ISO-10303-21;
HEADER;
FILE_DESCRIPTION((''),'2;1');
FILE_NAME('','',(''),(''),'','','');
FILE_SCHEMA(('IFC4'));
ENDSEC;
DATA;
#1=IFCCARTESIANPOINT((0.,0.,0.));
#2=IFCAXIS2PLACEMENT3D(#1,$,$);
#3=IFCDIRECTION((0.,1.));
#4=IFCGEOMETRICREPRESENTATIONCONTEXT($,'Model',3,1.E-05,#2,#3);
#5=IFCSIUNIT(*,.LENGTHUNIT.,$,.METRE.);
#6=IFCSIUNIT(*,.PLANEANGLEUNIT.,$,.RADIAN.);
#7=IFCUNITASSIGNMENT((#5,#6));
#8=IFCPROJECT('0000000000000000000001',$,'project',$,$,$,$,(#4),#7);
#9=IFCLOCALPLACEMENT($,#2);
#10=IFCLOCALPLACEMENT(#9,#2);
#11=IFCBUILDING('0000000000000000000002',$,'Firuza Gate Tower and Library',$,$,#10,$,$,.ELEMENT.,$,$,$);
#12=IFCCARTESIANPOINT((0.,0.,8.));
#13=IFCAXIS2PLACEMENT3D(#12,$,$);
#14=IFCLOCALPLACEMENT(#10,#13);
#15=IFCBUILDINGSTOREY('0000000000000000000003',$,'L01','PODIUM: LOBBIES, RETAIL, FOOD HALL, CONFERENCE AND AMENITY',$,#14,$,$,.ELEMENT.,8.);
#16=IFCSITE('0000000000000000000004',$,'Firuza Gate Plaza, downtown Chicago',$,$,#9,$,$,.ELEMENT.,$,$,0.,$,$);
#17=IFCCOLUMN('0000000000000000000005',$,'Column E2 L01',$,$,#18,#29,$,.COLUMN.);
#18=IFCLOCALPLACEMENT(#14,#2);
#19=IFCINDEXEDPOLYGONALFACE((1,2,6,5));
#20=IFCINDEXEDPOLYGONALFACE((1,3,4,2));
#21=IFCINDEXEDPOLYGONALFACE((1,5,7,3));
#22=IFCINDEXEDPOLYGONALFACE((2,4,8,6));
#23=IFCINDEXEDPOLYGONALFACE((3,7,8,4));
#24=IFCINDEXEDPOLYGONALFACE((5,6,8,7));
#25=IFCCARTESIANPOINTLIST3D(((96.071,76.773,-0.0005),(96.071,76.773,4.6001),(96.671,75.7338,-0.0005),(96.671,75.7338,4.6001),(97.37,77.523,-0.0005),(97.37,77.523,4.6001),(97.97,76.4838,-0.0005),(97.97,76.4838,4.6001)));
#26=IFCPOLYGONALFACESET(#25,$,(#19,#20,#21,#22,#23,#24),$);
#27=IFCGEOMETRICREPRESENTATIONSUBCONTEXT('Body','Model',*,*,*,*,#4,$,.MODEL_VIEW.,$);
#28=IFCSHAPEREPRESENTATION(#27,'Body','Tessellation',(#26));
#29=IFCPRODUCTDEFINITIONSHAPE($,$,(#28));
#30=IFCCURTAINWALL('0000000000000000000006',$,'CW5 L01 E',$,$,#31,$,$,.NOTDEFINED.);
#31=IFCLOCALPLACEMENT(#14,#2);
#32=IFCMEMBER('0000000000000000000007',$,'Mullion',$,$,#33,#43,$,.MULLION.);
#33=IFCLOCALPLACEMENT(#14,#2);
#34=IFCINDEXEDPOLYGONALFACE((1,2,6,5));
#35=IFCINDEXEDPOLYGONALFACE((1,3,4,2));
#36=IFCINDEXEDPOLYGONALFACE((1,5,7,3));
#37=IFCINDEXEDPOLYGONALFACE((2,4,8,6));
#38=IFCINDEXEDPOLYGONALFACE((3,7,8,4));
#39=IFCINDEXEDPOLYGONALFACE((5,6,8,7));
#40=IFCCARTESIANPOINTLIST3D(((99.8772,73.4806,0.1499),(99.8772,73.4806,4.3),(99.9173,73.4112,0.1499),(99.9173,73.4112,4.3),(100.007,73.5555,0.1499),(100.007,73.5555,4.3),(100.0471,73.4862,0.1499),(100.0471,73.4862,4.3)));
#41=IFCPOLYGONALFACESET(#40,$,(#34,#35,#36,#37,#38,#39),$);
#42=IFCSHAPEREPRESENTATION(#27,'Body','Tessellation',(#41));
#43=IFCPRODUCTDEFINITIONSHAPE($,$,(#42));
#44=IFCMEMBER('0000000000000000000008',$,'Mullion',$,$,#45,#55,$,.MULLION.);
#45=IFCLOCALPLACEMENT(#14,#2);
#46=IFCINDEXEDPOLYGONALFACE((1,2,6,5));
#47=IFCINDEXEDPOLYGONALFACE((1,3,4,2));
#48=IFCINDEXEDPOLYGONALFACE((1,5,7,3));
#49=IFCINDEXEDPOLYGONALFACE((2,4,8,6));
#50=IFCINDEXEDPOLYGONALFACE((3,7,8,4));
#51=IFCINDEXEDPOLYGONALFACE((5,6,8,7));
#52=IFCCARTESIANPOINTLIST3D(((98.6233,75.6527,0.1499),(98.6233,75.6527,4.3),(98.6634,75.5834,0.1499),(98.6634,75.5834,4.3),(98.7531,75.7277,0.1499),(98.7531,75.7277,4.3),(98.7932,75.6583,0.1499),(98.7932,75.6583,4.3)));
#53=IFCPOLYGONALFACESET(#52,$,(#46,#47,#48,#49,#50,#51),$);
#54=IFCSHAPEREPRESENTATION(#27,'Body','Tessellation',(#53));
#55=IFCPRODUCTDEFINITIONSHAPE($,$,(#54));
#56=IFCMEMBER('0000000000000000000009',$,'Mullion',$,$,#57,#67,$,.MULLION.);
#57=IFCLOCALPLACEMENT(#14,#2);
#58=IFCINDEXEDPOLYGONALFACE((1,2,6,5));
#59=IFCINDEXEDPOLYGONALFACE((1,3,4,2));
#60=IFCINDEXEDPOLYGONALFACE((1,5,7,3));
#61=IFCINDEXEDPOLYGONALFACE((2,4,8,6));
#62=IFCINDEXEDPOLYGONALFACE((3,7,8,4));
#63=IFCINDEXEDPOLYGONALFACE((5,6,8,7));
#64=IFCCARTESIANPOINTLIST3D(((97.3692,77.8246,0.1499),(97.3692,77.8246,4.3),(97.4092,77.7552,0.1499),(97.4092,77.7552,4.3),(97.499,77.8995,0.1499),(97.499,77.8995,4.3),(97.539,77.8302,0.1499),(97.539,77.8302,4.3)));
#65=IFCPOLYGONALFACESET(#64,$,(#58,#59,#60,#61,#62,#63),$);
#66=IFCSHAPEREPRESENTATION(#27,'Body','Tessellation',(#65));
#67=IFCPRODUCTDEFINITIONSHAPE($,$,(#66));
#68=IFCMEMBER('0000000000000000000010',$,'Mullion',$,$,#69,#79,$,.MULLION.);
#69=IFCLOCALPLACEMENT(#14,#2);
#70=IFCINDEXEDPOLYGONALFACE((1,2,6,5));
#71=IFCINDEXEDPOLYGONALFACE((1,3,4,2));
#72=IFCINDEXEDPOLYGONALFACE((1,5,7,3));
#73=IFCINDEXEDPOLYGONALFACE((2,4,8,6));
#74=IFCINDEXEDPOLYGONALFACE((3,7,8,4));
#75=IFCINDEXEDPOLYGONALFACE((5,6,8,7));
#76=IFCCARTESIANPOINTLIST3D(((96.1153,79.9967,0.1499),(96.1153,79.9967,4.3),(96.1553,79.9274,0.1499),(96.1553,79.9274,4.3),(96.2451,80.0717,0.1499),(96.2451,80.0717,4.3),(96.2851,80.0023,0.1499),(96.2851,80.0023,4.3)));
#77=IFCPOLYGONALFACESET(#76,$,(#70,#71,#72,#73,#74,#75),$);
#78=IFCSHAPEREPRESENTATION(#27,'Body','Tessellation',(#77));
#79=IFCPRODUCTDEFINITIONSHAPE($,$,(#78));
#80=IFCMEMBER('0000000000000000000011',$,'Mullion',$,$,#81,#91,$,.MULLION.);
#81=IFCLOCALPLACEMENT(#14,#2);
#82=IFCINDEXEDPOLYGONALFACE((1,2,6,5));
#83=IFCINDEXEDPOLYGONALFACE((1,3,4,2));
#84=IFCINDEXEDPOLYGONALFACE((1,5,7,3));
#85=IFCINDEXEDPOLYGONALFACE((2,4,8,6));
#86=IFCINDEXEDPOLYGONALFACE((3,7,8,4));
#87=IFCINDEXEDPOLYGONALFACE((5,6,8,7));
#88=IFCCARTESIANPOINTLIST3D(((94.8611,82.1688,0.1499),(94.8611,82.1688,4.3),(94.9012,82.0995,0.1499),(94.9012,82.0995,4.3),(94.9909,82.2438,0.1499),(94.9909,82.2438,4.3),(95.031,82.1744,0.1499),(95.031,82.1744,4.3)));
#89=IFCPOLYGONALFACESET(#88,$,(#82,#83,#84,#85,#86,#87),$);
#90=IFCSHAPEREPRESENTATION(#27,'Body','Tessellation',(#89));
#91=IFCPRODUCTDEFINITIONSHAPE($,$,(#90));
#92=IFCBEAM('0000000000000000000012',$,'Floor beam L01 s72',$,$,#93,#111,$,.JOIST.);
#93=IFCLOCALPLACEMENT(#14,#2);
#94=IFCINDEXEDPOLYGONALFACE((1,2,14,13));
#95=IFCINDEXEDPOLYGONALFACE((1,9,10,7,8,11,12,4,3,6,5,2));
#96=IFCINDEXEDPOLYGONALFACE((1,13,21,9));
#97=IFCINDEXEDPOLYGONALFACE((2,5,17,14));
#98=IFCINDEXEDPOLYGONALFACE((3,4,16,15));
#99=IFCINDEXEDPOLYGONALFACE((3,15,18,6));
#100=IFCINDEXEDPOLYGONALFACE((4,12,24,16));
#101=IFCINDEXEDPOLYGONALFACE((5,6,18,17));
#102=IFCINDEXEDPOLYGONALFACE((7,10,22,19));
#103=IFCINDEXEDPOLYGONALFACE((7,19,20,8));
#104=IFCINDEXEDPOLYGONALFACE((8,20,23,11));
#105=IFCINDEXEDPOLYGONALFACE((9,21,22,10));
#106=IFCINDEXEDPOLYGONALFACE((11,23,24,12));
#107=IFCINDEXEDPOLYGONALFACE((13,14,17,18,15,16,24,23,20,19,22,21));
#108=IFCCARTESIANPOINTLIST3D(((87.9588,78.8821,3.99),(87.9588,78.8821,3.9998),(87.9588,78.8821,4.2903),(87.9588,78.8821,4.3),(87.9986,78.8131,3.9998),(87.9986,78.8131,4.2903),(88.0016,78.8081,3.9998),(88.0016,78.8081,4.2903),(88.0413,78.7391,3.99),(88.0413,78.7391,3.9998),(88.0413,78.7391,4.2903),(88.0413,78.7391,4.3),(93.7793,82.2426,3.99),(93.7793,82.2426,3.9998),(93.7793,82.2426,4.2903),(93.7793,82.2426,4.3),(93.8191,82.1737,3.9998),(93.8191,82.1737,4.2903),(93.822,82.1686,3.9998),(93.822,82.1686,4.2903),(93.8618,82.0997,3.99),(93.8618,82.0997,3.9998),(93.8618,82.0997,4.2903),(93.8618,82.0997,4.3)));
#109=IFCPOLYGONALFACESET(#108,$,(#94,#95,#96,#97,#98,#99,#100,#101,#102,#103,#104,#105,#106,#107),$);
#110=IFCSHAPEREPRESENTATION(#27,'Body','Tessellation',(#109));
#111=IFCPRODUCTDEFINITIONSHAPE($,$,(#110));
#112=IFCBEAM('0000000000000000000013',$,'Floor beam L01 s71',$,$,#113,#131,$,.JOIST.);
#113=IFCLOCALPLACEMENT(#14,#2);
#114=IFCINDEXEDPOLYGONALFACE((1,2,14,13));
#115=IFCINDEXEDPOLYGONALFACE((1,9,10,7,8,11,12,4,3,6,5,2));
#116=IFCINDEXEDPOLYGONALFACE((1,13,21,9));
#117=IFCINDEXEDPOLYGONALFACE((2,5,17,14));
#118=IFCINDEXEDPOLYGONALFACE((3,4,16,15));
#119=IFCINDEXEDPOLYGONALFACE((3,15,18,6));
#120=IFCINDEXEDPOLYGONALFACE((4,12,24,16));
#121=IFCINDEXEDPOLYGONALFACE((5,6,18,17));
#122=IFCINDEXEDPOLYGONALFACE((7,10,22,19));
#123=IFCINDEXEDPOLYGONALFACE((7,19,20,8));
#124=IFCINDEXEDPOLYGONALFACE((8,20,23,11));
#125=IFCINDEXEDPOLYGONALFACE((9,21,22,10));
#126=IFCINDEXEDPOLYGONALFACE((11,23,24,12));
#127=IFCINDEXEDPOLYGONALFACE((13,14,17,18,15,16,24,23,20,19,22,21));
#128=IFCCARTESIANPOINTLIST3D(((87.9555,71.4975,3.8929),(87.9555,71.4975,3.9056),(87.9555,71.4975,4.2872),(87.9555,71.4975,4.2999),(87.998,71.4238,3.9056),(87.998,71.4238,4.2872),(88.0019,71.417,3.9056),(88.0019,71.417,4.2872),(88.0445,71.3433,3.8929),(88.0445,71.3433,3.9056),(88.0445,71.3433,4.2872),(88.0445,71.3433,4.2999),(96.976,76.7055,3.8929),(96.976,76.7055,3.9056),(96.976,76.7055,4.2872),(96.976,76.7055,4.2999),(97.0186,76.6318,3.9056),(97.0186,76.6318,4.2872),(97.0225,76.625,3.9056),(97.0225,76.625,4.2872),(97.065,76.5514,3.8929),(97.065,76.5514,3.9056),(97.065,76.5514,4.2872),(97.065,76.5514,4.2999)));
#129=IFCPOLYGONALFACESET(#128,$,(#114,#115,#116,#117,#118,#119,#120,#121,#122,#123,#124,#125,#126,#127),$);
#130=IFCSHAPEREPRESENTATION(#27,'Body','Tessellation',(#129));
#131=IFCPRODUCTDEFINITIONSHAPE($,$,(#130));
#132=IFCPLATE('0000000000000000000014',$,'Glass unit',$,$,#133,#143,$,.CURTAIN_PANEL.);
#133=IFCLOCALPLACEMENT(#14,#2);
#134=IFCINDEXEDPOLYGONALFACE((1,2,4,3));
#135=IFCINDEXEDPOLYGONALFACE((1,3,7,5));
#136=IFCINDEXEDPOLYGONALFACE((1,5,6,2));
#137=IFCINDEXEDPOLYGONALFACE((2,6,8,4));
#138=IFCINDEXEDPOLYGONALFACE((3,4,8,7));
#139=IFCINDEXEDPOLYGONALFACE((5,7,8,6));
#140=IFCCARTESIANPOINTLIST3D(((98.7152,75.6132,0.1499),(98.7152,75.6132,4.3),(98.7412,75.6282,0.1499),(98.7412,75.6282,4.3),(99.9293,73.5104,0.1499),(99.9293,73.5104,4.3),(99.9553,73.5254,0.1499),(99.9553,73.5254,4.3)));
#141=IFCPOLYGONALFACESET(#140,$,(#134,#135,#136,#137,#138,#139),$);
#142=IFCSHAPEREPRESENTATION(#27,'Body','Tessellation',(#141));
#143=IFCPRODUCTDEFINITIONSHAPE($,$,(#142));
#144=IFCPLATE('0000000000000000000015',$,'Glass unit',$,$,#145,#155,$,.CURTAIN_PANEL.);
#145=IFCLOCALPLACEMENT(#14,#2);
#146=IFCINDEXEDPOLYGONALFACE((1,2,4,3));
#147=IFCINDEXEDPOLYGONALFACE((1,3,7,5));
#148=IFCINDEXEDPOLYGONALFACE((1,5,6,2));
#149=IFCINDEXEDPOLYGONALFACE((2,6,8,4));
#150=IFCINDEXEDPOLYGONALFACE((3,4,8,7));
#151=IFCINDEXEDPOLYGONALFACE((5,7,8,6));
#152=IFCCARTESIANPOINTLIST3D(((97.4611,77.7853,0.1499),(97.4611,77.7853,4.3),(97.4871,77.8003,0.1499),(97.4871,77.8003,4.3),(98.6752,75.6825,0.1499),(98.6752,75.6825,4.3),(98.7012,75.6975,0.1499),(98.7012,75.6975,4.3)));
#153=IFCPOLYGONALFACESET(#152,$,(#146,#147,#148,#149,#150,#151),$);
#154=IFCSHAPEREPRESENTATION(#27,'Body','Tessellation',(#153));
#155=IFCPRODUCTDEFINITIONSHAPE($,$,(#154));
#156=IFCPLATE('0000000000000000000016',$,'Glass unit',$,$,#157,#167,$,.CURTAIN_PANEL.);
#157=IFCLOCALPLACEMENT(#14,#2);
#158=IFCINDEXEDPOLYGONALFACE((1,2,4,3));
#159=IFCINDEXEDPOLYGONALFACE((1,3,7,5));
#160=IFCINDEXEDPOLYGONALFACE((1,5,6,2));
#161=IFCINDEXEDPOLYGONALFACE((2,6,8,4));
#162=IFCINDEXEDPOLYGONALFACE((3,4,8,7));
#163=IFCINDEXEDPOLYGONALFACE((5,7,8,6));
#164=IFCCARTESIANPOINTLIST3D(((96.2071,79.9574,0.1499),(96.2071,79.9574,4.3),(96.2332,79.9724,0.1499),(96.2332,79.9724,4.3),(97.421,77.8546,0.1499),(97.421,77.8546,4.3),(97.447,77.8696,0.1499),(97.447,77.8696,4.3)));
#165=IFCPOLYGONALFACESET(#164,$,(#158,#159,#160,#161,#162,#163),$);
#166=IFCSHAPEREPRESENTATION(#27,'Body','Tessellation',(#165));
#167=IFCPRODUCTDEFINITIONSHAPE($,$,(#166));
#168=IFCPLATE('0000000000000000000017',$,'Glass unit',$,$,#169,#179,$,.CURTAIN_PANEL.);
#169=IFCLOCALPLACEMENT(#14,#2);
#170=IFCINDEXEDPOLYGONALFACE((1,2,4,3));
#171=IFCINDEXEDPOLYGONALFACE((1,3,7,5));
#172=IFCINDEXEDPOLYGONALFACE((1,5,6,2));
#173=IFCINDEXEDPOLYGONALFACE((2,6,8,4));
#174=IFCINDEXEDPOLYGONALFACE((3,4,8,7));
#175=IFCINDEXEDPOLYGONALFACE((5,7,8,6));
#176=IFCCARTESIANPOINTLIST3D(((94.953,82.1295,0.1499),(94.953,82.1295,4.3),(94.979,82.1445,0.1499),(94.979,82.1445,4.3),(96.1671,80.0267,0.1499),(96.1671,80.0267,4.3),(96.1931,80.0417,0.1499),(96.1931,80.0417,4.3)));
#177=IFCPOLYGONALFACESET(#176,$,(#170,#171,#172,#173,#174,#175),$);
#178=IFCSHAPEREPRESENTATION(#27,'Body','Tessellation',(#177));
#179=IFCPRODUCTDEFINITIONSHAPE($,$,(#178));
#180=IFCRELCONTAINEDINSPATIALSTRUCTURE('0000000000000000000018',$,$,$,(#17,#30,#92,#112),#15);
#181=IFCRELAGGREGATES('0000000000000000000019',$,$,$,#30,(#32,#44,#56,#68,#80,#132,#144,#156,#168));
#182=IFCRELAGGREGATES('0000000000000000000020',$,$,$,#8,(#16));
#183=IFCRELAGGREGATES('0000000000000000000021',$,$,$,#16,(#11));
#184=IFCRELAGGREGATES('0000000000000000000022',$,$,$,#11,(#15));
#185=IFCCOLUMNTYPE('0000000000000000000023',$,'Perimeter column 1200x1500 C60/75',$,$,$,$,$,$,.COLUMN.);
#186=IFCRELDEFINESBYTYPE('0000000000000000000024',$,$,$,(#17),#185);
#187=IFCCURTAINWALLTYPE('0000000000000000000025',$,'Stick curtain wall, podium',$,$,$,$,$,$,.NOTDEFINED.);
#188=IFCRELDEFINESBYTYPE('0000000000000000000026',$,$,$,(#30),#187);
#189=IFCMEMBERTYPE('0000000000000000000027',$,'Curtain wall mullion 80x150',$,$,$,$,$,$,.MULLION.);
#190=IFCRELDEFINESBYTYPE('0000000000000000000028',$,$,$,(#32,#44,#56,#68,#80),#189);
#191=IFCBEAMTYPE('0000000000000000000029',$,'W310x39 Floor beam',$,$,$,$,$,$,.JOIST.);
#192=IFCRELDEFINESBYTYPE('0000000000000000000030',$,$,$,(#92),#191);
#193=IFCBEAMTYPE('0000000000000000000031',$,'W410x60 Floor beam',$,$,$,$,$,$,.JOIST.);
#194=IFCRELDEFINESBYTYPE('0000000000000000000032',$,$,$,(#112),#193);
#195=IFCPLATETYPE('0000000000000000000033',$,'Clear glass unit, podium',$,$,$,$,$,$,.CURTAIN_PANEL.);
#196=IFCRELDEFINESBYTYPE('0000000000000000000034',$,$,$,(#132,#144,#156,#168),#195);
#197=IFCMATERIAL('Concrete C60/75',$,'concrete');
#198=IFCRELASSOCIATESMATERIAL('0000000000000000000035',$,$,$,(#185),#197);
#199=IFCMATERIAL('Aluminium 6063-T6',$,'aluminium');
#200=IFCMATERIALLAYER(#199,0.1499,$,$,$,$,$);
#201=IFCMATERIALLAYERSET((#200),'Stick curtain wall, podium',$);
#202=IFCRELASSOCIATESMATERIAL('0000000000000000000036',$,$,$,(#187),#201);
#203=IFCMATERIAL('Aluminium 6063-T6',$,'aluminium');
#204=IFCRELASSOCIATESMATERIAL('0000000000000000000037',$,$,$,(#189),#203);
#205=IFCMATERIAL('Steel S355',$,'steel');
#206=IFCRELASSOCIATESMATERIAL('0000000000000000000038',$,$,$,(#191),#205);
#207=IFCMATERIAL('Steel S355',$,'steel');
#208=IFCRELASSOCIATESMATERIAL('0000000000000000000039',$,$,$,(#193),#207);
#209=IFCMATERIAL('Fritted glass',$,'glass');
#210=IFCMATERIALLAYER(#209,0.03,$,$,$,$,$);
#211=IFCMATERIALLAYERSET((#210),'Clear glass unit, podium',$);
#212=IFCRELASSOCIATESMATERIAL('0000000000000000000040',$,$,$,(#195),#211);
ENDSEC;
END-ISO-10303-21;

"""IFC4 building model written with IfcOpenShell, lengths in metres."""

from ifc_helpers import new_model, si_unit, direction, frame, origin, origin_2d, place, context, subcontext, project, spatial, polyline, rectangle, i_section, outline, extrude, material, layer, layer_set, material_profile, profile_set, type_object, element, aggregate, save


model = new_model("IFC4")

# Units and contexts
model_context = context("Model", 3, precision=1e-05, world=origin(), true_north=direction((0.0, 1.0)))
body_context = subcontext(model_context, "Body", "Model", "MODEL_VIEW")
ifc_project = project(units=[si_unit("LENGTHUNIT", "METRE"), si_unit("PLANEANGLEUNIT", "RADIAN")], contexts=[model_context])

# Site, building, storey
site_placement = place(None, origin())
site = spatial("IfcSite", under=ifc_project, at=site_placement, Name="Firuza Gate Plaza, downtown Chicago", CompositionType="ELEMENT", RefElevation=0.0)
building_placement = place(site_placement, origin())
building = spatial("IfcBuilding", under=site, at=building_placement, Name="Firuza Gate Tower and Library", CompositionType="ELEMENT")
storey_placement = place(building_placement, frame((0.0, 0.0, 8.0)))
storey = spatial("IfcBuildingStorey", under=building, at=storey_placement, Name="L01", Description="PODIUM: LOBBIES, RETAIL, FOOD HALL, CONFERENCE AND AMENITY", CompositionType="ELEMENT", Elevation=8.0)

# Column
ifc_material_1 = material(Name="Concrete C60/75", Category="concrete")
ifc_material_profile_1 = material_profile(ifc_material_1, rectangle(XDim=1.2, YDim=1.5, at=origin_2d()))
ifc_profile_set_1 = profile_set([ifc_material_profile_1], Name="Concrete C60/75")
column_type = type_object("IfcColumnType", Name="Perimeter column 1200x1500 C60/75", PredefinedType="COLUMN", material=ifc_profile_set_1)
column_placement = place(storey_placement, frame((97.0205, 76.6284, -0.0005), z_axis=(0.0, 0.0, 1.0), x_axis=(-0.5, 0.866025, 0.0)))
element("IfcColumn", 1, at=column_placement, inside=storey, type_object=column_type, Name="Column E2 L01", PredefinedType="COLUMN", context=body_context, shape_type="SweptSolid", body=[
    extrude(rectangle(XDim=1.2, YDim=1.5, at=origin_2d()), origin(), (0.0, 0.0, 1.0), 4.6006),
])

# Curtain wall, members
ifc_material_2 = material(Name="Aluminium 6063-T6", Category="aluminium")
ifc_layer_1 = layer(ifc_material_2, 0.1499)
ifc_layer_set_1 = layer_set([ifc_layer_1], Name="Stick curtain wall, podium")
curtain_wall_type = type_object("IfcCurtainWallType", Name="Stick curtain wall, podium", PredefinedType="NOTDEFINED", material=ifc_layer_set_1)
curtain_wall_placement = place(storey_placement, origin())
curtain_wall = element("IfcCurtainWall", 2, at=curtain_wall_placement, inside=storey, type_object=curtain_wall_type, Name="CW5 L01 E", PredefinedType="NOTDEFINED")
ifc_material_3 = material(Name="Aluminium 6063-T6", Category="aluminium")
ifc_material_profile_2 = material_profile(ifc_material_3, rectangle(XDim=0.1499, YDim=0.0801, at=origin_2d()))
ifc_profile_set_2 = profile_set([ifc_material_profile_2], Name="Aluminium 6063-T6")
member_type = type_object("IfcMemberType", Name="Curtain wall mullion 80x150", PredefinedType="MULLION", material=ifc_profile_set_2)
member_1_placement = place(storey_placement, frame((99.9622, 73.4834, 0.1499), z_axis=(0.0, 0.0, 1.0), x_axis=(-0.866025, -0.5, 0.0)))
member_1 = element("IfcMember", 3, at=member_1_placement, type_object=member_type, Name="Mullion", PredefinedType="MULLION", context=body_context, shape_type="SweptSolid", body=[
    extrude(rectangle(XDim=0.1499, YDim=0.0801, at=origin_2d()), origin(), (0.0, 0.0, 1.0), 4.1501),
])
member_2_placement = place(storey_placement, frame((98.7083, 75.6555, 0.1499), z_axis=(0.0, 0.0, 1.0), x_axis=(-0.866025, -0.5, 0.0)))
member_2 = element("IfcMember", 4, at=member_2_placement, type_object=member_type, Name="Mullion", PredefinedType="MULLION", context=body_context, shape_type="SweptSolid", body=[
    extrude(rectangle(XDim=0.1499, YDim=0.0801, at=origin_2d()), origin(), (0.0, 0.0, 1.0), 4.1501),
])
member_3_placement = place(storey_placement, frame((97.4541, 77.8274, 0.1499), z_axis=(0.0, 0.0, 1.0), x_axis=(-0.866025, -0.5, 0.0)))
member_3 = element("IfcMember", 5, at=member_3_placement, type_object=member_type, Name="Mullion", PredefinedType="MULLION", context=body_context, shape_type="SweptSolid", body=[
    extrude(rectangle(XDim=0.1499, YDim=0.0801, at=origin_2d()), origin(), (0.0, 0.0, 1.0), 4.1501),
])
member_4_placement = place(storey_placement, frame((96.2002, 79.9995, 0.1499), z_axis=(0.0, 0.0, 1.0), x_axis=(-0.866025, -0.5, 0.0)))
member_4 = element("IfcMember", 6, at=member_4_placement, type_object=member_type, Name="Mullion", PredefinedType="MULLION", context=body_context, shape_type="SweptSolid", body=[
    extrude(rectangle(XDim=0.1499, YDim=0.0801, at=origin_2d()), origin(), (0.0, 0.0, 1.0), 4.1501),
])
member_5_placement = place(storey_placement, frame((94.946, 82.1716, 0.1499), z_axis=(0.0, 0.0, 1.0), x_axis=(-0.866025, -0.5, 0.0)))
member_5 = element("IfcMember", 7, at=member_5_placement, type_object=member_type, Name="Mullion", PredefinedType="MULLION", context=body_context, shape_type="SweptSolid", body=[
    extrude(rectangle(XDim=0.1499, YDim=0.0801, at=origin_2d()), origin(), (0.0, 0.0, 1.0), 4.1501),
])

# Beams
ifc_material_4 = material(Name="Steel S355", Category="steel")
ifc_material_profile_3 = material_profile(ifc_material_4, i_section(OverallWidth=0.165, OverallDepth=0.3101, WebThickness=0.0059, FlangeThickness=0.0098, at=origin_2d()))
ifc_profile_set_3 = profile_set([ifc_material_profile_3], Name="Steel S355")
beam_type_1 = type_object("IfcBeamType", Name="W310x39 Floor beam", PredefinedType="JOIST", material=ifc_profile_set_3)
beam_1_placement = place(storey_placement, frame((93.8206, 82.1711, 4.145), z_axis=(-0.866019, -0.500011, 0.0), x_axis=(0.500011, -0.866019, 0.0)))
element("IfcBeam", 8, at=beam_1_placement, inside=storey, type_object=beam_type_1, Name="Floor beam L01 s72", PredefinedType="JOIST", context=body_context, shape_type="SweptSolid", body=[
    extrude(i_section(OverallWidth=0.165, OverallDepth=0.3101, WebThickness=0.0059, FlangeThickness=0.0098, at=origin_2d()), origin(), (0.0, 0.0, 1.0), 6.7209),
])
ifc_material_5 = material(Name="Steel S355", Category="steel")
ifc_material_profile_4 = material_profile(ifc_material_5, i_section(OverallWidth=0.178, OverallDepth=0.407, WebThickness=0.0078, FlangeThickness=0.0127, at=origin_2d()))
ifc_profile_set_4 = profile_set([ifc_material_profile_4], Name="Steel S355")
beam_type_2 = type_object("IfcBeamType", Name="W410x60 Floor beam", PredefinedType="JOIST", material=ifc_profile_set_4)
beam_2_placement = place(storey_placement, frame((97.0205, 76.6284, 4.0964), z_axis=(-0.866025, -0.500001, 0.0), x_axis=(0.500001, -0.866025, 0.0)))
element("IfcBeam", 9, at=beam_2_placement, inside=storey, type_object=beam_type_2, Name="Floor beam L01 s71", PredefinedType="JOIST", context=body_context, shape_type="SweptSolid", body=[
    extrude(i_section(OverallWidth=0.178, OverallDepth=0.407, WebThickness=0.0078, FlangeThickness=0.0127, at=origin_2d()), origin(), (0.0, 0.0, 1.0), 10.416),
])

# Plates
ifc_material_6 = material(Name="Fritted glass", Category="glass")
ifc_layer_2 = layer(ifc_material_6, 0.03)
ifc_layer_set_2 = layer_set([ifc_layer_2], Name="Clear glass unit, podium")
plate_type = type_object("IfcPlateType", Name="Clear glass unit, podium", PredefinedType="CURTAIN_PANEL", material=ifc_layer_set_2)
plate_1_placement = place(storey_placement, frame((99.9553, 73.5254, 0.1499), z_axis=(0.866013, 0.500021, 0.0), x_axis=(-0.500021, 0.866013, 0.0)))
plate_1 = element("IfcPlate", 10, at=plate_1_placement, type_object=plate_type, Name="Glass unit", PredefinedType="CURTAIN_PANEL", context=body_context, shape_type="SweptSolid", body=[
    extrude(outline(polyline([(0.0, 0.0), (2.4281, 0.0), (2.4281, 4.1501), (0.0, 4.1501), (0.0, 0.0)])), origin(), (0.0, 0.0, -1.0), 0.03),
])
plate_2_placement = place(storey_placement, frame((98.7012, 75.6975, 0.1499), z_axis=(0.866013, 0.500021, 0.0), x_axis=(-0.500021, 0.866013, 0.0)))
plate_2 = element("IfcPlate", 11, at=plate_2_placement, type_object=plate_type, Name="Glass unit", PredefinedType="CURTAIN_PANEL", context=body_context, shape_type="SweptSolid", body=[
    extrude(outline(polyline([(0.0, 0.0), (2.4281, 0.0), (2.4281, 4.1501), (0.0, 4.1501), (0.0, 0.0)])), origin(), (0.0, 0.0, -1.0), 0.03),
])
plate_3_placement = place(storey_placement, frame((97.447, 77.8696, 0.1499), z_axis=(0.866057, 0.499946, 0.0), x_axis=(-0.499946, 0.866057, 0.0)))
plate_3 = element("IfcPlate", 12, at=plate_3_placement, type_object=plate_type, Name="Glass unit", PredefinedType="CURTAIN_PANEL", context=body_context, shape_type="SweptSolid", body=[
    extrude(outline(polyline([(0.0, 0.0), (2.428, 0.0), (2.428, 4.1501), (0.0, 4.1501), (0.0, 0.0)])), origin(), (0.0, 0.0, -1.0), 0.03),
])
plate_4_placement = place(storey_placement, frame((96.1931, 80.0417, 0.1499), z_axis=(0.866013, 0.500021, 0.0), x_axis=(-0.500021, 0.866013, 0.0)))
plate_4 = element("IfcPlate", 13, at=plate_4_placement, type_object=plate_type, Name="Glass unit", PredefinedType="CURTAIN_PANEL", context=body_context, shape_type="SweptSolid", body=[
    extrude(outline(polyline([(0.0, 0.0), (2.4281, 0.0), (2.4281, 4.1501), (0.0, 4.1501), (0.0, 0.0)])), origin(), (0.0, 0.0, -1.0), 0.03),
])
aggregate(curtain_wall, [member_1, member_2, member_3, member_4, member_5, plate_1, plate_2, plate_3, plate_4])

save(model, "model.ifc")
